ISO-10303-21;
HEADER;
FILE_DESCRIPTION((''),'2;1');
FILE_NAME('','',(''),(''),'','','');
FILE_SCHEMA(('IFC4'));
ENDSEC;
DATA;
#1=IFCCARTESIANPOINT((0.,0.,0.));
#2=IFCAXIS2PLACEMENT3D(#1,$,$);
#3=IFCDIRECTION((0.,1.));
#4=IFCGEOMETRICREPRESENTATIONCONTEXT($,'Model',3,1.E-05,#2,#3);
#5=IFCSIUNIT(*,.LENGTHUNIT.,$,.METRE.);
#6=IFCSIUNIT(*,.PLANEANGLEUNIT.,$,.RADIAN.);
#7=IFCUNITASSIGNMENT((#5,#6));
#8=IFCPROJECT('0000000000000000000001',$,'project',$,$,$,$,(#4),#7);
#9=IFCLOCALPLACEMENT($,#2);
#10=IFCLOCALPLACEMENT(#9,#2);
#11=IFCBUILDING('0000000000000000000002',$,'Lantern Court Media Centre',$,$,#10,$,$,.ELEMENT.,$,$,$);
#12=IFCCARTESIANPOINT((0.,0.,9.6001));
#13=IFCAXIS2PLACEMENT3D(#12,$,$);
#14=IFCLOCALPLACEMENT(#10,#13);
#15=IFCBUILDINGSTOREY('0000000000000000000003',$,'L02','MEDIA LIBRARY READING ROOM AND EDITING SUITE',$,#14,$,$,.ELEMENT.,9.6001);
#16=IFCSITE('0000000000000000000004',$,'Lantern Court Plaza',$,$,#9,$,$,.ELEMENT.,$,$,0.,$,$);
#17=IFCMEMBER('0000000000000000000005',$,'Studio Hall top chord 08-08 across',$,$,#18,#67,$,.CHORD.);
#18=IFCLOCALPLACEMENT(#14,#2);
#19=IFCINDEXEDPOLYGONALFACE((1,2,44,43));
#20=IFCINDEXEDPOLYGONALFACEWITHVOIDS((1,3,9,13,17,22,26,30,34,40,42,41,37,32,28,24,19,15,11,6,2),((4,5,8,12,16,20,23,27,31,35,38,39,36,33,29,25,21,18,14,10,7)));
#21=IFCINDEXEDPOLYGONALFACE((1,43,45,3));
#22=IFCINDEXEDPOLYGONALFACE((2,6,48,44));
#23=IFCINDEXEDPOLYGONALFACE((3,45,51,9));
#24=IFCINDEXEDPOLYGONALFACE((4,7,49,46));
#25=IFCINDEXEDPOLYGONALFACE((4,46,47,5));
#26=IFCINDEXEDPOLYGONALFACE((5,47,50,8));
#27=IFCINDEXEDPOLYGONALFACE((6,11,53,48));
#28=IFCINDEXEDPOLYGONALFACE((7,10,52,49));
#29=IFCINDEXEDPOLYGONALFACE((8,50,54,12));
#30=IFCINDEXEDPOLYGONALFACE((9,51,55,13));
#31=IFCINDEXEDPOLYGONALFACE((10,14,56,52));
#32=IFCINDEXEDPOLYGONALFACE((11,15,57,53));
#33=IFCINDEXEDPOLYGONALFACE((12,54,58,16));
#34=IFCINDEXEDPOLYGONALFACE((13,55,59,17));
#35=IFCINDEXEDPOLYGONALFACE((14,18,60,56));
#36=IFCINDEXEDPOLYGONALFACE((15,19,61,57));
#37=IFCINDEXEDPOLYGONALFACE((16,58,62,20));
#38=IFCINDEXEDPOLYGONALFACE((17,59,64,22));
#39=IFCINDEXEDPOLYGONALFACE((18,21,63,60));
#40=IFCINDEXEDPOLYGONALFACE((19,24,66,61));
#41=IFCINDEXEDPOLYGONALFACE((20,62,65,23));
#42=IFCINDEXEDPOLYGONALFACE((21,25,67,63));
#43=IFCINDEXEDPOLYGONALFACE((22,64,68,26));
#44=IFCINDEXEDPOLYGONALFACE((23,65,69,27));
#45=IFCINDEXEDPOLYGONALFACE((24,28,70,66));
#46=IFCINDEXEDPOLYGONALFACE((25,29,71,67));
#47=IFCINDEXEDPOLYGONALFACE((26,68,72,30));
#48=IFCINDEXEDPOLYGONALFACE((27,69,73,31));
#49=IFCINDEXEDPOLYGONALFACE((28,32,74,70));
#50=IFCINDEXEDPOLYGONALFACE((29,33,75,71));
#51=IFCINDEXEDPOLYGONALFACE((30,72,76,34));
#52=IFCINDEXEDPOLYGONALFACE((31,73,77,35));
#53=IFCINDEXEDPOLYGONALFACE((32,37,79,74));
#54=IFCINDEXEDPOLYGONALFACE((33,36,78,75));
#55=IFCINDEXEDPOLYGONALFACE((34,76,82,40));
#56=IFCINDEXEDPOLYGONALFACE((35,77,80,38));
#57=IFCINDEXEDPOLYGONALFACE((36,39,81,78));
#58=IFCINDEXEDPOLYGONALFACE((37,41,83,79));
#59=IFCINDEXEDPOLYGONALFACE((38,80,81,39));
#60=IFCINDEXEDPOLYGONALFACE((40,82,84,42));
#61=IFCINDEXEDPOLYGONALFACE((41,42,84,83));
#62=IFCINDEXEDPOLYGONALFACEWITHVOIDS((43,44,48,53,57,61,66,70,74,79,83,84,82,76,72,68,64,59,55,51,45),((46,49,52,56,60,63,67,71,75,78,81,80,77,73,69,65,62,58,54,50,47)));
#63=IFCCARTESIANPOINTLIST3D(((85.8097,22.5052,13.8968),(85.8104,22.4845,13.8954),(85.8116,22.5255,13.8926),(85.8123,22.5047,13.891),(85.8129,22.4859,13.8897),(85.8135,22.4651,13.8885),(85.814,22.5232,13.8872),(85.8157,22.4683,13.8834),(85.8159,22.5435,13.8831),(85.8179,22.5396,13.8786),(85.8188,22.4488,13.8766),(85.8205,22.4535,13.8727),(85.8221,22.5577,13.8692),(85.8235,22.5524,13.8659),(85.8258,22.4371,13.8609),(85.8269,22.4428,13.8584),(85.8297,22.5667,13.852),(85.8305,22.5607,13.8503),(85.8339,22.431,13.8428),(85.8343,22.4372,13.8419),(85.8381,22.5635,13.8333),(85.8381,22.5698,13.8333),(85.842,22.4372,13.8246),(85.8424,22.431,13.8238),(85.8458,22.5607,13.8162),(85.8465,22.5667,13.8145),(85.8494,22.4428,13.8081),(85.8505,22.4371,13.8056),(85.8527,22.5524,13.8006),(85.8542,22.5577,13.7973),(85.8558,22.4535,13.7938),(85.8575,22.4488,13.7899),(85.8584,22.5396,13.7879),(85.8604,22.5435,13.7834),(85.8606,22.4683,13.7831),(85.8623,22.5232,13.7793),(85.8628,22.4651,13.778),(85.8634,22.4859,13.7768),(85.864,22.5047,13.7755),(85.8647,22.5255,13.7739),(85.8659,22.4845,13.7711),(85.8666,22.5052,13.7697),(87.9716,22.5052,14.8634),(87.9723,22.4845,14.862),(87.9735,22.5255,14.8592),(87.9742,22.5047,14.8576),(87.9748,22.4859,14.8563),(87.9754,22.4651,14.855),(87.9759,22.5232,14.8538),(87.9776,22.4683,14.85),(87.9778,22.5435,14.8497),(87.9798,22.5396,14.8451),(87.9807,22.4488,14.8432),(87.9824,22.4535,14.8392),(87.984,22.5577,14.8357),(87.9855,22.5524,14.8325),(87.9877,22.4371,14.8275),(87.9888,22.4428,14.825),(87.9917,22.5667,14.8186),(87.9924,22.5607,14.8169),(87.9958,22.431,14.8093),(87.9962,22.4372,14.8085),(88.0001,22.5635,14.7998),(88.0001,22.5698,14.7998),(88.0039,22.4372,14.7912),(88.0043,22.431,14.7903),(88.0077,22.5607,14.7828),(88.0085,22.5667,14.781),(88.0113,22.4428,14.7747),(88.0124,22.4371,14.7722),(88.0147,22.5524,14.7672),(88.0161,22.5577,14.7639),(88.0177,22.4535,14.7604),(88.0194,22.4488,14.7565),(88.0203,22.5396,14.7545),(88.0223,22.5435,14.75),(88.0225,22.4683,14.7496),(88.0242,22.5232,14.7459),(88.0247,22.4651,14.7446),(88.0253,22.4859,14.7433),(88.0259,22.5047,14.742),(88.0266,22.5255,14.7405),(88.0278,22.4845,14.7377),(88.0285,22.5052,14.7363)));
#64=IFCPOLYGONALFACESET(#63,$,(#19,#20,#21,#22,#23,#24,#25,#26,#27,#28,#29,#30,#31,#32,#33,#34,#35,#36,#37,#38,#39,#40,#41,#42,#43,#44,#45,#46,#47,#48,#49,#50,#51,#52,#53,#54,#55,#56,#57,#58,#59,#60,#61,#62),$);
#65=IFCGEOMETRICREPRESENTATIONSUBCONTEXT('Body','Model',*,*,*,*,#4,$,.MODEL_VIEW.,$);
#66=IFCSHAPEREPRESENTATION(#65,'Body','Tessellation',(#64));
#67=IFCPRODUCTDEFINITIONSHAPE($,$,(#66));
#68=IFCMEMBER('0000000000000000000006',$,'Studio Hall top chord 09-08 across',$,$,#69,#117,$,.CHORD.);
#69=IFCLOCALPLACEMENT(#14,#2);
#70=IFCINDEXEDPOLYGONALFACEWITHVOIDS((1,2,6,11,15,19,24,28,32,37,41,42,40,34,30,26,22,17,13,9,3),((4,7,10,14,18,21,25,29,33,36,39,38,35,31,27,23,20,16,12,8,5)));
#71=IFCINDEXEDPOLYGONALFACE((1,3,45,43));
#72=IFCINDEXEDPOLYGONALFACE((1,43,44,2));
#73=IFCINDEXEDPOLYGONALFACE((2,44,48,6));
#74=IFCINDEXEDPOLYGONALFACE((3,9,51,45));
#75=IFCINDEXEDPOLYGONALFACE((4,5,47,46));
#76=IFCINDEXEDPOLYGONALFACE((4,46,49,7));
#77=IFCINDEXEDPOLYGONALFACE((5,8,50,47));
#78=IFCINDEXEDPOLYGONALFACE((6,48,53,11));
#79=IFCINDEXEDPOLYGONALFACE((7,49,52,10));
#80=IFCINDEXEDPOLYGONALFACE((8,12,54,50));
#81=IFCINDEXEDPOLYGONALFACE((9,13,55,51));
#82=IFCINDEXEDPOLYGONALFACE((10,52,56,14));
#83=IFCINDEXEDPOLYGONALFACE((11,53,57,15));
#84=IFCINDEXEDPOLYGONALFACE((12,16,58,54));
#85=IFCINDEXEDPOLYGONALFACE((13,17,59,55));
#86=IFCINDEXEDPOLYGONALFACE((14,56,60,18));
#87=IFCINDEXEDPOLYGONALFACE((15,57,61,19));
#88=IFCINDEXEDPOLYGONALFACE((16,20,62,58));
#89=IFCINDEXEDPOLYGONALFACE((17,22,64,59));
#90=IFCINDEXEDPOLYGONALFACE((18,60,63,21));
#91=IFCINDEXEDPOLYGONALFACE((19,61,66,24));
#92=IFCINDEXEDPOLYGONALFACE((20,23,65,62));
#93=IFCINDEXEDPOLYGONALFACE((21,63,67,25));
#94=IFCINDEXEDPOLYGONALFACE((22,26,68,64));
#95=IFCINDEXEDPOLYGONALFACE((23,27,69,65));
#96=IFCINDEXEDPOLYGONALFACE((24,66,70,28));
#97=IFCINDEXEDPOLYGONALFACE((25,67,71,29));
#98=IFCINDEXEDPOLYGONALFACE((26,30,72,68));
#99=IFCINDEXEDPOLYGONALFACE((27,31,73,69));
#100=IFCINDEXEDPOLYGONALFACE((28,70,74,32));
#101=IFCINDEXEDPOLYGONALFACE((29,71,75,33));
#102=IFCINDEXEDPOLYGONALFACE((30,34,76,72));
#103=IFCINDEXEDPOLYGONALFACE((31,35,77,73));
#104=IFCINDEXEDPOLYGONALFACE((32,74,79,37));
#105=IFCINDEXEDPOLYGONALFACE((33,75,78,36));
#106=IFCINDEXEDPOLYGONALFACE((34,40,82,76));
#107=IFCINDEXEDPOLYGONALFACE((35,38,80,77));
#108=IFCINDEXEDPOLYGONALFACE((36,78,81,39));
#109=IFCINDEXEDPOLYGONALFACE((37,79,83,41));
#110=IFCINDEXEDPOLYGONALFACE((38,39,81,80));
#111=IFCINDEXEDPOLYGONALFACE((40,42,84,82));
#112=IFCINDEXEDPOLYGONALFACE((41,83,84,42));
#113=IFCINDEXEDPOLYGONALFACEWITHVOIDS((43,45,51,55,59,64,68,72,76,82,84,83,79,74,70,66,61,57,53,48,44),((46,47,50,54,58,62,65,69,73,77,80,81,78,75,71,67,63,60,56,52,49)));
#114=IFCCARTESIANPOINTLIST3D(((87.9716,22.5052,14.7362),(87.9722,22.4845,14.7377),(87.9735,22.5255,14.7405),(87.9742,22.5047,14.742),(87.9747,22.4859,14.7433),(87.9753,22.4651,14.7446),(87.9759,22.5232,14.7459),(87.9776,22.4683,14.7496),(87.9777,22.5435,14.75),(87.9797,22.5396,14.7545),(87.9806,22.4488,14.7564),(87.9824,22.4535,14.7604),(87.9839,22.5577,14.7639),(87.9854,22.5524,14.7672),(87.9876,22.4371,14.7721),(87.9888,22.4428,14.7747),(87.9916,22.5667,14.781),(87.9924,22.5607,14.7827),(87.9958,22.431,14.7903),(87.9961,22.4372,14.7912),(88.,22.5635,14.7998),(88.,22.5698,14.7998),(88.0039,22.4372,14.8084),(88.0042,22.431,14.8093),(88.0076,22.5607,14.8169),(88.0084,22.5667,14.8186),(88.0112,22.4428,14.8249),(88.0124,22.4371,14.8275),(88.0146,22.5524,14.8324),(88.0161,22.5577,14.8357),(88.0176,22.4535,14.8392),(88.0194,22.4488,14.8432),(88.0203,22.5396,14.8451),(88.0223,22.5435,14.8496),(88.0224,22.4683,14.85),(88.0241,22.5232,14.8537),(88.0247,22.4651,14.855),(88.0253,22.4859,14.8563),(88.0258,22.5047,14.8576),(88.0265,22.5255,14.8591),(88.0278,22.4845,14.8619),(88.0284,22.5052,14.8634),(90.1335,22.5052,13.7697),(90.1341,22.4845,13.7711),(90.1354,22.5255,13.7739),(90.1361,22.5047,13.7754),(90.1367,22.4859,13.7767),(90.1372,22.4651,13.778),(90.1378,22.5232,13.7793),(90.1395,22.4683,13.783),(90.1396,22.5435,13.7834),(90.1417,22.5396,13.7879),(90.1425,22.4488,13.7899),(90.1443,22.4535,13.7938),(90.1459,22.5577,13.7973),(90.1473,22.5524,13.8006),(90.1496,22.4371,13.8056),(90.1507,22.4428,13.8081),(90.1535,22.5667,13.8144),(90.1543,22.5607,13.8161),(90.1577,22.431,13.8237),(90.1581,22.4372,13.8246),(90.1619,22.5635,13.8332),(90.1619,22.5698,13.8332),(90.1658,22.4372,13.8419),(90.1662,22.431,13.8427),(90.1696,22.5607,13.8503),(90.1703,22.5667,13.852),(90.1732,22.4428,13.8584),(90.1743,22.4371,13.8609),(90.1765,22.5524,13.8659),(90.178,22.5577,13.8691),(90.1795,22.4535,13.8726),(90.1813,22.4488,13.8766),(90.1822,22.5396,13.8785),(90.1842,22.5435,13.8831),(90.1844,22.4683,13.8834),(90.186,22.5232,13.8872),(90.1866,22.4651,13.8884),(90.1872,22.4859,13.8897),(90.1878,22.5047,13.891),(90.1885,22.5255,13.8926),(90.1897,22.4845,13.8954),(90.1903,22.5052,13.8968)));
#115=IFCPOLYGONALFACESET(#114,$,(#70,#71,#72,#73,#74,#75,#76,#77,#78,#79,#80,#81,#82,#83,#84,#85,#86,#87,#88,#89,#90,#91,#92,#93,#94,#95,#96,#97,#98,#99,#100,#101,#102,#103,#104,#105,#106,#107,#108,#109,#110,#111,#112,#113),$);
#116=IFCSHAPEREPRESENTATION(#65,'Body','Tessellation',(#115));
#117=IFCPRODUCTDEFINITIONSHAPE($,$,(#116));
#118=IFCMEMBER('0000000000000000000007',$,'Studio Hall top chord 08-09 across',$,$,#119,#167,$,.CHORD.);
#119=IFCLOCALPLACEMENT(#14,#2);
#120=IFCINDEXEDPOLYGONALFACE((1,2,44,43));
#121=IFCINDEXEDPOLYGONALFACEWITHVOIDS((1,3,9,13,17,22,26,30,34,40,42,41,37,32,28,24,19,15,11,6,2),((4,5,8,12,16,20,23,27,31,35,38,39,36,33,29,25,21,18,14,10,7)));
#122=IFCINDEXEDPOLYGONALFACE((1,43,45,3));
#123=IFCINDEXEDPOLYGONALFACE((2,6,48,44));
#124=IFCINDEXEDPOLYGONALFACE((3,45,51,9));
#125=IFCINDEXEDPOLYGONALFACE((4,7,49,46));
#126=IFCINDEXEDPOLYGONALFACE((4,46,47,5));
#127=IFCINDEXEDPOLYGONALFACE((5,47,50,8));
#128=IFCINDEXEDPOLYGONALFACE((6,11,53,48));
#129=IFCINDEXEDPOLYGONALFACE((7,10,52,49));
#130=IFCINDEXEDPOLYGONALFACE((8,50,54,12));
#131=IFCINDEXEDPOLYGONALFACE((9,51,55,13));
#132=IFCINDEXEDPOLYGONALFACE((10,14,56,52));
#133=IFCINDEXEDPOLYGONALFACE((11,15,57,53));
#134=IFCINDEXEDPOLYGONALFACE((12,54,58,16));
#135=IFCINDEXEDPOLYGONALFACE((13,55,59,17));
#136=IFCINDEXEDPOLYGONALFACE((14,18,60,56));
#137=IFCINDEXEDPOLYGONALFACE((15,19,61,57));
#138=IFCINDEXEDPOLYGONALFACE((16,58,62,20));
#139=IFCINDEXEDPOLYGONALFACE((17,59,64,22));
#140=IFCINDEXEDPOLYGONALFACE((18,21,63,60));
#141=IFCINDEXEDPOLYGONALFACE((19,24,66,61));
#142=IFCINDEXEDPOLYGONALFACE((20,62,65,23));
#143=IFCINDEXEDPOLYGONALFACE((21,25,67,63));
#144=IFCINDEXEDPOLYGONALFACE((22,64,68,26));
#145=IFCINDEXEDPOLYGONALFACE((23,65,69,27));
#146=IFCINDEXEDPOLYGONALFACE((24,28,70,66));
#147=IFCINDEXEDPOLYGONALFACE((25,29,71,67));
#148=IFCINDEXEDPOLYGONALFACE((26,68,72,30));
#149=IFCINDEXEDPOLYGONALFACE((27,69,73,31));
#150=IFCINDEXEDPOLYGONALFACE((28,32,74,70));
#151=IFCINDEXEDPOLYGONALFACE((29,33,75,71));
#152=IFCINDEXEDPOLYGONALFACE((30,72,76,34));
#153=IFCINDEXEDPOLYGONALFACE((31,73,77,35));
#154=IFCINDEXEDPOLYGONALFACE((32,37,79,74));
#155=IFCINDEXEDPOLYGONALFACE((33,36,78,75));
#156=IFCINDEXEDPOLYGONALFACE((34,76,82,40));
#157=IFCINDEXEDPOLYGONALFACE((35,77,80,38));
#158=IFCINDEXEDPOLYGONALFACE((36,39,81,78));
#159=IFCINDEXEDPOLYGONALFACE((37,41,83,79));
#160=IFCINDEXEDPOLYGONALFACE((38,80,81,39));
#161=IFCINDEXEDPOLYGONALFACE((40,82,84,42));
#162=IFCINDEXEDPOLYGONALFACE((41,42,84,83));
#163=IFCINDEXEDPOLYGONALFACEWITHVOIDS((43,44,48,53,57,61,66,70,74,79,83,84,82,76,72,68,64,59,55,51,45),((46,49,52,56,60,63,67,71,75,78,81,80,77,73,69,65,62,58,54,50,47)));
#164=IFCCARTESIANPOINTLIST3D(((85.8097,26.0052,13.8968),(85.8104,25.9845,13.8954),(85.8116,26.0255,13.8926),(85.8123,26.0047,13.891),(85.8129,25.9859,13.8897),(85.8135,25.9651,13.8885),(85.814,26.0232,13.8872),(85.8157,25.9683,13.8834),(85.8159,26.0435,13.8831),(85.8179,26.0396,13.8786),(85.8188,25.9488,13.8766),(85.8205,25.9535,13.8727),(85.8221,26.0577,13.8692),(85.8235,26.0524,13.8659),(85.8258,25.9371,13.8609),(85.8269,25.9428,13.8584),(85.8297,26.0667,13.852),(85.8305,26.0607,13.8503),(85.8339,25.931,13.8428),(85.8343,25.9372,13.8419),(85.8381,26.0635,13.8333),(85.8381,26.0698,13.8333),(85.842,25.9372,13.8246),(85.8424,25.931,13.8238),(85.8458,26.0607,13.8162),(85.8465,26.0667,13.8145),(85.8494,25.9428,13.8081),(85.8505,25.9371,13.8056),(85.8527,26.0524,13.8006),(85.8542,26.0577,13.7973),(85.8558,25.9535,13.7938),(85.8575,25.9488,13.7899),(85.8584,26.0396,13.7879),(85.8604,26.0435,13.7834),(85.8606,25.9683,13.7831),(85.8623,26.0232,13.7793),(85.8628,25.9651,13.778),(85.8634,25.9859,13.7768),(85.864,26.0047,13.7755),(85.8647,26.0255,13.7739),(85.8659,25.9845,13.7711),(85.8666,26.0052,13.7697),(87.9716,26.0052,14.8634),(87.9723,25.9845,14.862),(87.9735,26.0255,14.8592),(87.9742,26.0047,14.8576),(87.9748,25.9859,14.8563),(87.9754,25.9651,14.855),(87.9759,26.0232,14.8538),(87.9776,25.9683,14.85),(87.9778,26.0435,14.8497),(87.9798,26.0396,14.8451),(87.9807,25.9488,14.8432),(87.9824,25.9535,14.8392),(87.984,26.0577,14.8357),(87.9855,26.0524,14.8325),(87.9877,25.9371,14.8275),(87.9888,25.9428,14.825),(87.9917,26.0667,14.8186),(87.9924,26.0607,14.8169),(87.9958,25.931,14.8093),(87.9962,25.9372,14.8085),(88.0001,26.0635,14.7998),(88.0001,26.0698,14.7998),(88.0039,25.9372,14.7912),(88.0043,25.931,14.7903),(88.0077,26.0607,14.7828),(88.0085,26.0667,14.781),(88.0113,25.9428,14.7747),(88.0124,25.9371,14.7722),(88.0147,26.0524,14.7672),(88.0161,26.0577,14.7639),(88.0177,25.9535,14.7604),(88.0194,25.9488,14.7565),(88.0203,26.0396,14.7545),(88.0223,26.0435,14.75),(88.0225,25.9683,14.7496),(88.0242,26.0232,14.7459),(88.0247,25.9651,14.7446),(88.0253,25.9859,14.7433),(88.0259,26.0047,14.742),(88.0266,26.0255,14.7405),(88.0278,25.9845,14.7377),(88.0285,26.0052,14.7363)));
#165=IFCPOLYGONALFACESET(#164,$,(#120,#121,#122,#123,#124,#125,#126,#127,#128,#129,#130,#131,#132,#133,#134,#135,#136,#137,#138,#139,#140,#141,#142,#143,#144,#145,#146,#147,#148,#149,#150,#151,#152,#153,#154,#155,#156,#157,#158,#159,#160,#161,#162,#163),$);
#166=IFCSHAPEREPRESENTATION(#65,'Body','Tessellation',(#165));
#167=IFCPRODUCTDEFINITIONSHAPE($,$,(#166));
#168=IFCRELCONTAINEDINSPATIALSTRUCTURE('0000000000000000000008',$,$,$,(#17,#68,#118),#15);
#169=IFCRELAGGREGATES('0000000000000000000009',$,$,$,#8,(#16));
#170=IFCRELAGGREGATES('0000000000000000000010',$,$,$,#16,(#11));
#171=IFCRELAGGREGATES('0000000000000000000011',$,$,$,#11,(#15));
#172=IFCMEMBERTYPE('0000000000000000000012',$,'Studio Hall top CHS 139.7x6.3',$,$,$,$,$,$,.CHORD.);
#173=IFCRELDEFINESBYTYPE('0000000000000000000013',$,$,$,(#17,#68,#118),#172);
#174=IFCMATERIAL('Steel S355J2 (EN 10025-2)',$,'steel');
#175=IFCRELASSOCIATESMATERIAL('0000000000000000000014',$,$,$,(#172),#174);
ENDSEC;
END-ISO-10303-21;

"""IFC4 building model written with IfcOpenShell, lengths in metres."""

from ifc_helpers import new_model, si_unit, direction, frame, origin, origin_2d, place, context, subcontext, project, spatial, hollow_circle, extrude, material, material_profile, profile_set, type_object, element, save


model = new_model("IFC4")

# Units and contexts
model_context = context("Model", 3, precision=1e-05, world=origin(), true_north=direction((0.0, 1.0)))
body_context = subcontext(model_context, "Body", "Model", "MODEL_VIEW")
ifc_project = project(units=[si_unit("LENGTHUNIT", "METRE"), si_unit("PLANEANGLEUNIT", "RADIAN")], contexts=[model_context])

# Site, building, storey
site_placement = place(None, origin())
site = spatial("IfcSite", under=ifc_project, at=site_placement, Name="Lantern Court Plaza", CompositionType="ELEMENT", RefElevation=0.0)
building_placement = place(site_placement, origin())
building = spatial("IfcBuilding", under=site, at=building_placement, Name="Lantern Court Media Centre", CompositionType="ELEMENT")
storey_placement = place(building_placement, frame((0.0, 0.0, 9.6001)))
storey = spatial("IfcBuildingStorey", under=building, at=storey_placement, Name="L02", Description="MEDIA LIBRARY READING ROOM AND EDITING SUITE", CompositionType="ELEMENT", Elevation=9.6001)

# Members
ifc_material = material(Name="Steel S355J2 (EN 10025-2)", Category="steel")
ifc_material_profile_1 = material_profile(ifc_material, hollow_circle(Radius=0.0698, WallThickness=0.0063, at=origin_2d()), Name="Studio Hall top CHS 139.7x6.3")
ifc_profile_set_1 = profile_set([ifc_material_profile_1], Name="Steel S355J2 (EN 10025-2)")
member_type_1 = type_object("IfcMemberType", Name="Studio Hall top CHS 139.7x6.3", PredefinedType="CHORD", material=ifc_profile_set_1)
for number, where, z_axis, x_axis, name in (
    (1, (85.8381, 22.5, 13.8333), (0.912912, 0.0, 0.408156), (0.0, 1.0, 0.0), "Studio Hall top chord 08-08 across"),
    (2, (88.0, 22.5, 14.7998), (0.912912, 0.0, -0.408156), (0.0, 1.0, 0.0), "Studio Hall top chord 09-08 across"),
    (3, (85.8381, 26.0, 13.8333), (0.912912, 0.0, 0.408156), (0.0, 1.0, 0.0), "Studio Hall top chord 08-09 across"),
):
    element("IfcMember", number, at=place(storey_placement, frame(where, z_axis=z_axis, x_axis=x_axis)), inside=storey, type_object=member_type_1, Name=name, PredefinedType="CHORD", context=body_context, shape_type="SweptSolid", body=[
        extrude(hollow_circle(Radius=0.0698, WallThickness=0.0063, at=origin_2d()), origin(), (0.0, 0.0, 1.0), 2.3682),
    ])

save(model, "model.ifc")
